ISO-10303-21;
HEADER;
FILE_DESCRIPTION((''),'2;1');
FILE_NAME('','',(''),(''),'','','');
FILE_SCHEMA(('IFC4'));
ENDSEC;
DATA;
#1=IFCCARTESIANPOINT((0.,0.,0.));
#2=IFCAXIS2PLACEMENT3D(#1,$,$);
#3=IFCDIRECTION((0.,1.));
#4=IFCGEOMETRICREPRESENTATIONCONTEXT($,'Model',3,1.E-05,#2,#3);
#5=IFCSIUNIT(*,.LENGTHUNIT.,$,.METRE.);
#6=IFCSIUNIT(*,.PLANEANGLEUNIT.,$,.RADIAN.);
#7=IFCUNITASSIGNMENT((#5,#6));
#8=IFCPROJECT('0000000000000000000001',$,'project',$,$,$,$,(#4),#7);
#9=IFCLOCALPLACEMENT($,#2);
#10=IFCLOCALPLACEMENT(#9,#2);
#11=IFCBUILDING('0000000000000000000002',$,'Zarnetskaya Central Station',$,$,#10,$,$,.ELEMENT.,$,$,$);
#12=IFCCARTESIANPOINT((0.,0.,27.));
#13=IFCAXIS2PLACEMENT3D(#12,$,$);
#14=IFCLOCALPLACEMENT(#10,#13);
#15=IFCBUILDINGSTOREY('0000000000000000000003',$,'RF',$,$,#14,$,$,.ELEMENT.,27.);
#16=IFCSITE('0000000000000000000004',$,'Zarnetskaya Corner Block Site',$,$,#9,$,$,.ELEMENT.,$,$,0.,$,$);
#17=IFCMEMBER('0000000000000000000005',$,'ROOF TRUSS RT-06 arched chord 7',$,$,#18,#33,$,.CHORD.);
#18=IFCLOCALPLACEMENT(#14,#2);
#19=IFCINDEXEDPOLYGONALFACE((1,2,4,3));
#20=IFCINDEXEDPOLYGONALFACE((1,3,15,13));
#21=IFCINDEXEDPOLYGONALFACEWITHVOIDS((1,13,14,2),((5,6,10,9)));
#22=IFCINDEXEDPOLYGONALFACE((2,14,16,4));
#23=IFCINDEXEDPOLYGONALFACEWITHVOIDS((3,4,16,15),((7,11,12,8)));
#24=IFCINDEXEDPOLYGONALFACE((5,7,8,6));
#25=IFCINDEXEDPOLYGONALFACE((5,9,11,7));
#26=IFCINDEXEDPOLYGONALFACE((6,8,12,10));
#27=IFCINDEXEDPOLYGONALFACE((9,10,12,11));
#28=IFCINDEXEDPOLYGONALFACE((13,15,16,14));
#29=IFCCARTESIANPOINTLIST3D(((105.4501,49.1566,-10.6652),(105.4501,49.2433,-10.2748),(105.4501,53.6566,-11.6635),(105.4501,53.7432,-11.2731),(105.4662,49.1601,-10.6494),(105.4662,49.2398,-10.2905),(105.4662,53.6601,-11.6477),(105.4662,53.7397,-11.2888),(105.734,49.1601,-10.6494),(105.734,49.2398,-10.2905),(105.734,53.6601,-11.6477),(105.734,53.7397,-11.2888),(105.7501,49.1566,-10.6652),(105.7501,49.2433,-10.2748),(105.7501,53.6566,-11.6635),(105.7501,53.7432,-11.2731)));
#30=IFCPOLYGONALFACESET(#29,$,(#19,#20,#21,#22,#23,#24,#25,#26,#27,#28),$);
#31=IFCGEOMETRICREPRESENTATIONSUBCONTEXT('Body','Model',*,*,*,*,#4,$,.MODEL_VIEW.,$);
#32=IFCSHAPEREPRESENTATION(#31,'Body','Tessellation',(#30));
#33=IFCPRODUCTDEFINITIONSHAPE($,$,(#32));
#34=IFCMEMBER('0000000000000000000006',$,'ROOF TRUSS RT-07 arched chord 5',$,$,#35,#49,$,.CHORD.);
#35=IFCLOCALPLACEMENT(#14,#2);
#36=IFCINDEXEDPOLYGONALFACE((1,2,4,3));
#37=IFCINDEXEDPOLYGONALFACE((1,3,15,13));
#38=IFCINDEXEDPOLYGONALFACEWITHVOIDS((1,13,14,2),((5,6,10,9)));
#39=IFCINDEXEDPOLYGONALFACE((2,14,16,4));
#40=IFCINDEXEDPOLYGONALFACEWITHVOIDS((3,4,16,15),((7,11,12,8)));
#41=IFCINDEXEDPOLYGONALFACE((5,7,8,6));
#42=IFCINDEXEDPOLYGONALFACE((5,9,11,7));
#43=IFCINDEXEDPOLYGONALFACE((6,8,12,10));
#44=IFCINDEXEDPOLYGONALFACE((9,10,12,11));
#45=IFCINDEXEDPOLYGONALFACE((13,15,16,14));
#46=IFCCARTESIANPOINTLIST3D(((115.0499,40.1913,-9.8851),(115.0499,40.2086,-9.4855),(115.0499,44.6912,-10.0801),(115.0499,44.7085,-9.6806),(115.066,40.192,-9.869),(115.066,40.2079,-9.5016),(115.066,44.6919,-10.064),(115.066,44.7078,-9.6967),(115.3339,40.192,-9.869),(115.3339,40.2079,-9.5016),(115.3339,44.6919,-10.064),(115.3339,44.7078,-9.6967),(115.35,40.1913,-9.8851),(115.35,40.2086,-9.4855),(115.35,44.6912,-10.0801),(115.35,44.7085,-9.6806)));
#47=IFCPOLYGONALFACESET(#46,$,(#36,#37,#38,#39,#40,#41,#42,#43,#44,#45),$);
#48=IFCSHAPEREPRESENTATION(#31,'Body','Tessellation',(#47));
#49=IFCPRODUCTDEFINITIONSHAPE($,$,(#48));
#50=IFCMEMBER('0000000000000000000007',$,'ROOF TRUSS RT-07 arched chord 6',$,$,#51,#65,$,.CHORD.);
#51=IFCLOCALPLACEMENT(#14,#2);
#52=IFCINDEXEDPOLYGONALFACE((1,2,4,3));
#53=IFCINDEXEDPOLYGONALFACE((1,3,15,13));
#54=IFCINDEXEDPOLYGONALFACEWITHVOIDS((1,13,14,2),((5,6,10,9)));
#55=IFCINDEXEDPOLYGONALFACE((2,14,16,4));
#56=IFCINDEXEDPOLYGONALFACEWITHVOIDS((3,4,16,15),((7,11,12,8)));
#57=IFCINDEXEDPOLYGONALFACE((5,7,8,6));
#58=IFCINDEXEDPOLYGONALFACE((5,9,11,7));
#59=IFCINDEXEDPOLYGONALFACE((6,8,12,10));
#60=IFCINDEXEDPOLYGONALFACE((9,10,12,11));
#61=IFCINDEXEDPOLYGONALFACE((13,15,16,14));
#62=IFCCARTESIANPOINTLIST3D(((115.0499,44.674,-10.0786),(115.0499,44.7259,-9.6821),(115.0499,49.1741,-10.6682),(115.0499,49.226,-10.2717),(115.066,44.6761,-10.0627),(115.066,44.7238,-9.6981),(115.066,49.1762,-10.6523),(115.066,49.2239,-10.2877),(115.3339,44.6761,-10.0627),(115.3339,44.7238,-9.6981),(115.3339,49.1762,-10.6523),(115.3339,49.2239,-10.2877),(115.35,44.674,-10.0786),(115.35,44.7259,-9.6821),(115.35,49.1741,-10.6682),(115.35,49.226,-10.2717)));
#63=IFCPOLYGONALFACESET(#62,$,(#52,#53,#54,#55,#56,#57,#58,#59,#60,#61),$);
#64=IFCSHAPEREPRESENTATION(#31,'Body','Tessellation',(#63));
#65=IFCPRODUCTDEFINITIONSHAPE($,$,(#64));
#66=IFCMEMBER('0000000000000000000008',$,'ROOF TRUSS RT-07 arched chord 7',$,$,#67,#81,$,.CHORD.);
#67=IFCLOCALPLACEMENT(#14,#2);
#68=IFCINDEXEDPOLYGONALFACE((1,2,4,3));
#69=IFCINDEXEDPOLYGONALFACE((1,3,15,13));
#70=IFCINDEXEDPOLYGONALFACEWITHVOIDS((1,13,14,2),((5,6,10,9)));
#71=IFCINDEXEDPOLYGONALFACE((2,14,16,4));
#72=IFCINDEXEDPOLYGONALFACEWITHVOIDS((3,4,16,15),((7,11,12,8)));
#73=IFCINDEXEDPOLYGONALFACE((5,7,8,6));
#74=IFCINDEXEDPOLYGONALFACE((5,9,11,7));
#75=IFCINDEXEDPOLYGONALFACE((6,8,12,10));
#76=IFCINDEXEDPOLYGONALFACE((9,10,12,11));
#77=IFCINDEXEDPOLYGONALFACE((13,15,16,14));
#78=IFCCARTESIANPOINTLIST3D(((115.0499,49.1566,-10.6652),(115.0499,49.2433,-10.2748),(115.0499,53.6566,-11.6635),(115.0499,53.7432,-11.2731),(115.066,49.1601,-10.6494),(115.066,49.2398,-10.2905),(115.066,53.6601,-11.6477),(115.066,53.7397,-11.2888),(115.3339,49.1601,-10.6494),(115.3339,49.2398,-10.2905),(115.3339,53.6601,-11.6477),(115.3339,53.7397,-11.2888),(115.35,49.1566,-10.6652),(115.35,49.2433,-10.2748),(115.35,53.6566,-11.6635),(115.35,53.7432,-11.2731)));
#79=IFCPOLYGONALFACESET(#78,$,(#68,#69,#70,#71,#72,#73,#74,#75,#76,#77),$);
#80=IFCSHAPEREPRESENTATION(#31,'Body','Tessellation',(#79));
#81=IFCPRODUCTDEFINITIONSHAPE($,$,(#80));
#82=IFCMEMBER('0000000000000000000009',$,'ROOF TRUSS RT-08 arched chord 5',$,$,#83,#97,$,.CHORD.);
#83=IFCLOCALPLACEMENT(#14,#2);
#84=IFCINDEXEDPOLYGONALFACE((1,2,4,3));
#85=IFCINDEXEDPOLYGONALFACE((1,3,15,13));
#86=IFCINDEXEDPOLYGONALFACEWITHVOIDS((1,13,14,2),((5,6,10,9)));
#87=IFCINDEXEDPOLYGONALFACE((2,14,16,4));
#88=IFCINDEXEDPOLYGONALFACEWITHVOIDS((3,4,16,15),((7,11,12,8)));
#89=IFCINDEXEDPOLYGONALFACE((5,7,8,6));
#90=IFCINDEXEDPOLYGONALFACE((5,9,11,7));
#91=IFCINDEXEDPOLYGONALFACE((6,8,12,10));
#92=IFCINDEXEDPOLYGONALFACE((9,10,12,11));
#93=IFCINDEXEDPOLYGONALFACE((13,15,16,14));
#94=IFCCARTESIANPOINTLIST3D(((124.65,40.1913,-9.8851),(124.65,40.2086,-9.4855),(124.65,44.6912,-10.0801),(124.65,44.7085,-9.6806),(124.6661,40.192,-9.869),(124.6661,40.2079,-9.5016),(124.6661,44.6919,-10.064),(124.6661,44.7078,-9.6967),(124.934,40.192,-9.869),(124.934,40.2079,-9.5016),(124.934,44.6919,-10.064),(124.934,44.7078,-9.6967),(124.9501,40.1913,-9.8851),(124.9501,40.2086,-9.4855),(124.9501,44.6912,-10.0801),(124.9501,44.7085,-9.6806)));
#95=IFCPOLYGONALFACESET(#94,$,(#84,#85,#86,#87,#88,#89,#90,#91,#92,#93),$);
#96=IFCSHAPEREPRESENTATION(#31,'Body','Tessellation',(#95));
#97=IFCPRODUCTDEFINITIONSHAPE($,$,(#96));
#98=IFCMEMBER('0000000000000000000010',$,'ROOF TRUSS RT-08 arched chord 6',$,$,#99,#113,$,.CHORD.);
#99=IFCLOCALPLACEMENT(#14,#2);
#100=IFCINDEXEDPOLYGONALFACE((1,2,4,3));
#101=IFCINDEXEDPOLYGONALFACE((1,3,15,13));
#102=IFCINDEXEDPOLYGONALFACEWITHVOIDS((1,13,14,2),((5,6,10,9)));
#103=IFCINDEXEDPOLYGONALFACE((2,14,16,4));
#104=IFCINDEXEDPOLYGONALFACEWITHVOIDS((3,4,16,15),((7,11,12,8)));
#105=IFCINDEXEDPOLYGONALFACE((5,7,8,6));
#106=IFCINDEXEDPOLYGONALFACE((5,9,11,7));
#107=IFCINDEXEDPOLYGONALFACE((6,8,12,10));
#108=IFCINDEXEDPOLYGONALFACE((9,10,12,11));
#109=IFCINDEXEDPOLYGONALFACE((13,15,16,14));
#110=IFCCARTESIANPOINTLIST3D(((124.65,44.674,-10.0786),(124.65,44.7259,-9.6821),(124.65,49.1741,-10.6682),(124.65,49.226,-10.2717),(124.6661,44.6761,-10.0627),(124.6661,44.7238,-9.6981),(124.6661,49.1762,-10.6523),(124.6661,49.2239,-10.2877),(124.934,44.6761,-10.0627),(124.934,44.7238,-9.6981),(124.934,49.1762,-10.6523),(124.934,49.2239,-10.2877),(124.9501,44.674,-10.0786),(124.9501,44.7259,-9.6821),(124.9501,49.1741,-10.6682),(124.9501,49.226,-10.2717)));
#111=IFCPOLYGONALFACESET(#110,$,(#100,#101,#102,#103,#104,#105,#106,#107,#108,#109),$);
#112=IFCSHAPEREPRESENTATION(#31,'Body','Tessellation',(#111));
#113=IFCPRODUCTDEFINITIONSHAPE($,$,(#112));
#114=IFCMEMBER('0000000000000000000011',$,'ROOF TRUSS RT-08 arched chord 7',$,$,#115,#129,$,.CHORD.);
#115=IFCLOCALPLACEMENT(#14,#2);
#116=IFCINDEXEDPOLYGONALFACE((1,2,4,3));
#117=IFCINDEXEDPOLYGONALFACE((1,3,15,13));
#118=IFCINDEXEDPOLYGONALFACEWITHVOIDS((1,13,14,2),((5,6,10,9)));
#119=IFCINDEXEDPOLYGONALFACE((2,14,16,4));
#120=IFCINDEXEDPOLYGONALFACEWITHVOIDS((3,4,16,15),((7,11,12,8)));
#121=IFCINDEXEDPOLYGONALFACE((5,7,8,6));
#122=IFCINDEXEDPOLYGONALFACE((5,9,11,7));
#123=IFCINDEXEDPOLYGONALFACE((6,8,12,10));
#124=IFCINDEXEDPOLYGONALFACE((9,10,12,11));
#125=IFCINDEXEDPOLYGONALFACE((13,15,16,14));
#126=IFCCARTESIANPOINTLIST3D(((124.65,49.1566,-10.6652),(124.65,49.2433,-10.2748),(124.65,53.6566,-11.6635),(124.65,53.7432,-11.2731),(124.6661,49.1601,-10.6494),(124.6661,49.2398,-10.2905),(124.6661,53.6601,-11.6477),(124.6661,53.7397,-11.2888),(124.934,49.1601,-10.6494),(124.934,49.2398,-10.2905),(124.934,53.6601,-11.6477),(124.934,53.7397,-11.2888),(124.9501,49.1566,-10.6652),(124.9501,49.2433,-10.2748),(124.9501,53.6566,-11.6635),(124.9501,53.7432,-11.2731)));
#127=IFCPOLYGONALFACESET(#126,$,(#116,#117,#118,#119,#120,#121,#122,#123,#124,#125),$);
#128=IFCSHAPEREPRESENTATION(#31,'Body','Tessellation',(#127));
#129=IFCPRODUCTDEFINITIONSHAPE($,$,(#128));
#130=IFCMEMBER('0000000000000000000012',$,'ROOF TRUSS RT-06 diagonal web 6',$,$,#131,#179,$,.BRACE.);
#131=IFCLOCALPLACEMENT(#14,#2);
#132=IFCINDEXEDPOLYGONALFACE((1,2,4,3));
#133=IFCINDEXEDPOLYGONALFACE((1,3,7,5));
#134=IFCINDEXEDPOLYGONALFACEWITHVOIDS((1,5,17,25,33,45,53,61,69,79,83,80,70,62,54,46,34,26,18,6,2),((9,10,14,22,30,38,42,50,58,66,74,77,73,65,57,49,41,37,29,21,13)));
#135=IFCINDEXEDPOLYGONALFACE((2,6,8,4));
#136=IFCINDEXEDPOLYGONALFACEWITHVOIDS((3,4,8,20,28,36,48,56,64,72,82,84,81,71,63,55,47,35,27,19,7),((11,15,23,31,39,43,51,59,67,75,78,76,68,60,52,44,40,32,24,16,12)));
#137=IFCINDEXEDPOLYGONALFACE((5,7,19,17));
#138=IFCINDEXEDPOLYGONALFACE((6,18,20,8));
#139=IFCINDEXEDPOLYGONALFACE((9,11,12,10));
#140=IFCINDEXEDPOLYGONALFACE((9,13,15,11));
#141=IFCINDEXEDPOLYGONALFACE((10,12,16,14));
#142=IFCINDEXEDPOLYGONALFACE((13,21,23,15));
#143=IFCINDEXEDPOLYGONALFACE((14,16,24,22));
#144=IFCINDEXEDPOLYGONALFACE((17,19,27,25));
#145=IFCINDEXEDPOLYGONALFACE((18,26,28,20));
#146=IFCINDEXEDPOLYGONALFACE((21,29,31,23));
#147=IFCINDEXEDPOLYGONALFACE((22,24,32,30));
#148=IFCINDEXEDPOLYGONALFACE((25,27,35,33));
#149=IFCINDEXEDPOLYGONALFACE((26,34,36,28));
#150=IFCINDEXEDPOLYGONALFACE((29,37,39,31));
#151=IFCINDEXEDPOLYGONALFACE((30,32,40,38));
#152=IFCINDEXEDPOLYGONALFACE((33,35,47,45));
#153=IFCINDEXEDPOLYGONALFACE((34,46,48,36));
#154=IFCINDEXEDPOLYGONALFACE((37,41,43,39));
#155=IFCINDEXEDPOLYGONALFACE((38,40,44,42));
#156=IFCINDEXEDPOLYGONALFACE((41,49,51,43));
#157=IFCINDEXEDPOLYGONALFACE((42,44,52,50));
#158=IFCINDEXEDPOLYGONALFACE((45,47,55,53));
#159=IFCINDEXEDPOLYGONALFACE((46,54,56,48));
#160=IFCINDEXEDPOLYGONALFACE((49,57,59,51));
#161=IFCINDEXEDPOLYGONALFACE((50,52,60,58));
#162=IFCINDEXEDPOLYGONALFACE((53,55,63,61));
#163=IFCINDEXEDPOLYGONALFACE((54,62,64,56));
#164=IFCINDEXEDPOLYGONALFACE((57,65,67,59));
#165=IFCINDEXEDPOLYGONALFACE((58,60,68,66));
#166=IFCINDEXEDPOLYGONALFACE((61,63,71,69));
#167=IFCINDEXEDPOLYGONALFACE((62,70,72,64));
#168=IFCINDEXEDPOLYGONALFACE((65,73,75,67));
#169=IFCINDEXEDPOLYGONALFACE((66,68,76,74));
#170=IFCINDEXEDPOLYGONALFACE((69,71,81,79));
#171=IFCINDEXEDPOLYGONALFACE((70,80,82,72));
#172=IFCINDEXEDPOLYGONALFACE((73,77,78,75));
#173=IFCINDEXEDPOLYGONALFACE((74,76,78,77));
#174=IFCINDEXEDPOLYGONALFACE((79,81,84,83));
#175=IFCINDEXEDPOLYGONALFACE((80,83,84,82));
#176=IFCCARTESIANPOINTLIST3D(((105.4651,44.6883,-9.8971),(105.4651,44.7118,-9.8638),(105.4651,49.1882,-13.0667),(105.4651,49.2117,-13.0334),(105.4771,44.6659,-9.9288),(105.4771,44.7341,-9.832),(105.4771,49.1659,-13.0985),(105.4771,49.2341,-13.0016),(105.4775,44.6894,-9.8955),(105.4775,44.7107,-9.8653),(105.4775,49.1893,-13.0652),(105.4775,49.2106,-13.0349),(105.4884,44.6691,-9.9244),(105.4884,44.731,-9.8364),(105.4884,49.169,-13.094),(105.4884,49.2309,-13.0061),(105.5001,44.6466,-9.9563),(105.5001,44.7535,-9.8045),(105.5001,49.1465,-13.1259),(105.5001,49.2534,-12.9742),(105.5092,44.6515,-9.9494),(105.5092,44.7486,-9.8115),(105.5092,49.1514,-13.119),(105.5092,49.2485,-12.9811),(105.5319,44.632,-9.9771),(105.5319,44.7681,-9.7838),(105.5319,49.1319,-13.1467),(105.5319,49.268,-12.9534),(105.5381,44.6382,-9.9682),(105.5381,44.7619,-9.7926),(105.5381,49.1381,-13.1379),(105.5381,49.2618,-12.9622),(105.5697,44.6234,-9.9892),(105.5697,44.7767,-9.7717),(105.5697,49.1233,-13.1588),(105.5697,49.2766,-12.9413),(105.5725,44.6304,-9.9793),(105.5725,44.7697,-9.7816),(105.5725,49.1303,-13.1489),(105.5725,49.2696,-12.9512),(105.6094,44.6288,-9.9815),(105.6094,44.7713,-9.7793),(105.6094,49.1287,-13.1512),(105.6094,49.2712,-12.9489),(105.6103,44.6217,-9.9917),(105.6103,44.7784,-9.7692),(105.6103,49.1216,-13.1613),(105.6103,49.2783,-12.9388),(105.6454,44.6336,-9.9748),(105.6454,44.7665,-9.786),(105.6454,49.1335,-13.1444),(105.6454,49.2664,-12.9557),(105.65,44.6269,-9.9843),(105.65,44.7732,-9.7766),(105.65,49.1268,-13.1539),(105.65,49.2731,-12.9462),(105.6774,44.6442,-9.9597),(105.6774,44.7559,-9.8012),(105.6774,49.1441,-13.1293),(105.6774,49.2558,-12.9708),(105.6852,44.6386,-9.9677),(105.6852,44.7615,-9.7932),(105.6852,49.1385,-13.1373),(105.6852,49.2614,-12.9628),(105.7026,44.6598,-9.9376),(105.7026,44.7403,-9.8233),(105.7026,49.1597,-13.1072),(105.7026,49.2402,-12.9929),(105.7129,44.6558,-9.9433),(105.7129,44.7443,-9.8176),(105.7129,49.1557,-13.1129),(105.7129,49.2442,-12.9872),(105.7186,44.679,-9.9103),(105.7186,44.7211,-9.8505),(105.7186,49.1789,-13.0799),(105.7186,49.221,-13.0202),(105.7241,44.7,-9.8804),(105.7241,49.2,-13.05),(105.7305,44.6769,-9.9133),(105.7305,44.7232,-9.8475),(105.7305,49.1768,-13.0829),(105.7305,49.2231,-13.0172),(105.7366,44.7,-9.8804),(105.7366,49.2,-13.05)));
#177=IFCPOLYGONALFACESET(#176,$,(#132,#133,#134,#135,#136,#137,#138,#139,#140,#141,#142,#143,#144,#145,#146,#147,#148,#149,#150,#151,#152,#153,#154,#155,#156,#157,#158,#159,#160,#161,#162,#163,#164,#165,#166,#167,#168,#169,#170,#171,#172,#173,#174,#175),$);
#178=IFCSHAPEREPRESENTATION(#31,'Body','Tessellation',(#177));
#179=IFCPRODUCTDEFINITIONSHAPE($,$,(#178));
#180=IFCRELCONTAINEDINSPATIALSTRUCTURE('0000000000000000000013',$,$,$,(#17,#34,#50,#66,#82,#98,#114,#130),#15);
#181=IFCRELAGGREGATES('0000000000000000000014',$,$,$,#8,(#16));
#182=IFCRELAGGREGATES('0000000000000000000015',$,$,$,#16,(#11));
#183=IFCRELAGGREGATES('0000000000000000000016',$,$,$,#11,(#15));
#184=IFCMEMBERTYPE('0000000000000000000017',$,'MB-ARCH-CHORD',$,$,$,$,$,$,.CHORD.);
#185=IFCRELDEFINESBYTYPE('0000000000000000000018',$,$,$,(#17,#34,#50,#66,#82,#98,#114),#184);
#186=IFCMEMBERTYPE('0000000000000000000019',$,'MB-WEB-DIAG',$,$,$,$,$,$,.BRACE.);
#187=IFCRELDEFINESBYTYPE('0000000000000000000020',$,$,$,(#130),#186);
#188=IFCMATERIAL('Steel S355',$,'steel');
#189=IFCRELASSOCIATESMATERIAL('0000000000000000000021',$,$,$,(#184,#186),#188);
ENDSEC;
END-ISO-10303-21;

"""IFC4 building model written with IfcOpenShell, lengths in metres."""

from ifc_helpers import new_model, si_unit, direction, frame, origin, origin_2d, place, context, subcontext, project, spatial, hollow_rectangle, hollow_circle, extrude, material, material_profile, profile_set, type_object, element, save


model = new_model("IFC4")

# Units and contexts
model_context = context("Model", 3, precision=1e-05, world=origin(), true_north=direction((0.0, 1.0)))
body_context = subcontext(model_context, "Body", "Model", "MODEL_VIEW")
ifc_project = project(units=[si_unit("LENGTHUNIT", "METRE"), si_unit("PLANEANGLEUNIT", "RADIAN")], contexts=[model_context])

# Site, building, storey
site_placement = place(None, origin())
site = spatial("IfcSite", under=ifc_project, at=site_placement, Name="Zarnetskaya Corner Block Site", CompositionType="ELEMENT", RefElevation=0.0)
building_placement = place(site_placement, origin())
building = spatial("IfcBuilding", under=site, at=building_placement, Name="Zarnetskaya Central Station", CompositionType="ELEMENT")
storey_placement = place(building_placement, frame((0.0, 0.0, 27.0)))
storey = spatial("IfcBuildingStorey", under=building, at=storey_placement, Name="RF", CompositionType="ELEMENT", Elevation=27.0)

# Members
ifc_material = material(Name="Steel S355", Category="steel")
ifc_material_profile_1 = material_profile(ifc_material, hollow_rectangle(XDim=0.3, YDim=0.3999, WallThickness=0.0161, at=origin_2d()), Name="RHS 400x300x16")
ifc_profile_set_1 = profile_set([ifc_material_profile_1], Name="Steel S355")
member_type_1 = type_object("IfcMemberType", Name="MB-ARCH-CHORD", PredefinedType="CHORD", material=ifc_profile_set_1)
member_1_placement = place(storey_placement, frame((105.6001, 49.2, -10.47), z_axis=(0.0, 0.976266, -0.216577), x_axis=(-1.0, 0.0, 0.0)))
element("IfcMember", 1, at=member_1_placement, inside=storey, type_object=member_type_1, Name="ROOF TRUSS RT-06 arched chord 7", PredefinedType="CHORD", context=body_context, shape_type="SweptSolid", body=[
    extrude(hollow_rectangle(XDim=0.3, YDim=0.3999, WallThickness=0.0161, at=origin_2d()), origin(), (0.0, 0.0, 1.0), 4.6094),
])
member_2_placement = place(storey_placement, frame((115.2, 40.2, -9.6853), z_axis=(0.0, 0.999062, -0.043308), x_axis=(-1.0, 0.0, 0.0)))
element("IfcMember", 2, at=member_2_placement, inside=storey, type_object=member_type_1, Name="ROOF TRUSS RT-07 arched chord 5", PredefinedType="CHORD", context=body_context, shape_type="SweptSolid", body=[
    extrude(hollow_rectangle(XDim=0.3, YDim=0.3999, WallThickness=0.0161, at=origin_2d()), origin(), (0.0, 0.0, 1.0), 4.5042),
])
member_3_placement = place(storey_placement, frame((115.2, 44.7, -9.8804), z_axis=(0.0, 0.991526, -0.129912), x_axis=(-1.0, 0.0, 0.0)))
element("IfcMember", 3, at=member_3_placement, inside=storey, type_object=member_type_1, Name="ROOF TRUSS RT-07 arched chord 6", PredefinedType="CHORD", context=body_context, shape_type="SweptSolid", body=[
    extrude(hollow_rectangle(XDim=0.3, YDim=0.3999, WallThickness=0.0161, at=origin_2d()), origin(), (0.0, 0.0, 1.0), 4.5386),
])
member_4_placement = place(storey_placement, frame((115.2, 49.2, -10.47), z_axis=(0.0, 0.976266, -0.216577), x_axis=(-1.0, 0.0, 0.0)))
element("IfcMember", 4, at=member_4_placement, inside=storey, type_object=member_type_1, Name="ROOF TRUSS RT-07 arched chord 7", PredefinedType="CHORD", context=body_context, shape_type="SweptSolid", body=[
    extrude(hollow_rectangle(XDim=0.3, YDim=0.3999, WallThickness=0.0161, at=origin_2d()), origin(), (0.0, 0.0, 1.0), 4.6094),
])
member_5_placement = place(storey_placement, frame((124.8, 40.2, -9.6853), z_axis=(0.0, 0.999062, -0.043308), x_axis=(-1.0, 0.0, 0.0)))
element("IfcMember", 5, at=member_5_placement, inside=storey, type_object=member_type_1, Name="ROOF TRUSS RT-08 arched chord 5", PredefinedType="CHORD", context=body_context, shape_type="SweptSolid", body=[
    extrude(hollow_rectangle(XDim=0.3, YDim=0.3999, WallThickness=0.0161, at=origin_2d()), origin(), (0.0, 0.0, 1.0), 4.5042),
])
member_6_placement = place(storey_placement, frame((124.8, 44.7, -9.8804), z_axis=(0.0, 0.991526, -0.129912), x_axis=(-1.0, 0.0, 0.0)))
element("IfcMember", 6, at=member_6_placement, inside=storey, type_object=member_type_1, Name="ROOF TRUSS RT-08 arched chord 6", PredefinedType="CHORD", context=body_context, shape_type="SweptSolid", body=[
    extrude(hollow_rectangle(XDim=0.3, YDim=0.3999, WallThickness=0.0161, at=origin_2d()), origin(), (0.0, 0.0, 1.0), 4.5386),
])
member_7_placement = place(storey_placement, frame((124.8, 49.2, -10.47), z_axis=(0.0, 0.976266, -0.216577), x_axis=(-1.0, 0.0, 0.0)))
element("IfcMember", 7, at=member_7_placement, inside=storey, type_object=member_type_1, Name="ROOF TRUSS RT-08 arched chord 7", PredefinedType="CHORD", context=body_context, shape_type="SweptSolid", body=[
    extrude(hollow_rectangle(XDim=0.3, YDim=0.3999, WallThickness=0.0161, at=origin_2d()), origin(), (0.0, 0.0, 1.0), 4.6094),
])
ifc_material_profile_2 = material_profile(ifc_material, hollow_circle(Radius=0.1365, WallThickness=0.0125, at=origin_2d()), Name="CHS 273x12.5")
ifc_profile_set_2 = profile_set([ifc_material_profile_2], Name="Steel S355")
member_type_2 = type_object("IfcMemberType", Name="MB-WEB-DIAG", PredefinedType="BRACE", material=ifc_profile_set_2)
member_8_placement = place(storey_placement, frame((105.6001, 49.2, -13.05), z_axis=(0.0, -0.817549, 0.575859), x_axis=(1.0, 0.0, 0.0)))
element("IfcMember", 8, at=member_8_placement, inside=storey, type_object=member_type_2, Name="ROOF TRUSS RT-06 diagonal web 6", PredefinedType="BRACE", context=body_context, shape_type="SweptSolid", body=[
    extrude(hollow_circle(Radius=0.1365, WallThickness=0.0125, at=origin_2d()), origin(), (0.0, 0.0, 1.0), 5.5042),
])

save(model, "model.ifc")
